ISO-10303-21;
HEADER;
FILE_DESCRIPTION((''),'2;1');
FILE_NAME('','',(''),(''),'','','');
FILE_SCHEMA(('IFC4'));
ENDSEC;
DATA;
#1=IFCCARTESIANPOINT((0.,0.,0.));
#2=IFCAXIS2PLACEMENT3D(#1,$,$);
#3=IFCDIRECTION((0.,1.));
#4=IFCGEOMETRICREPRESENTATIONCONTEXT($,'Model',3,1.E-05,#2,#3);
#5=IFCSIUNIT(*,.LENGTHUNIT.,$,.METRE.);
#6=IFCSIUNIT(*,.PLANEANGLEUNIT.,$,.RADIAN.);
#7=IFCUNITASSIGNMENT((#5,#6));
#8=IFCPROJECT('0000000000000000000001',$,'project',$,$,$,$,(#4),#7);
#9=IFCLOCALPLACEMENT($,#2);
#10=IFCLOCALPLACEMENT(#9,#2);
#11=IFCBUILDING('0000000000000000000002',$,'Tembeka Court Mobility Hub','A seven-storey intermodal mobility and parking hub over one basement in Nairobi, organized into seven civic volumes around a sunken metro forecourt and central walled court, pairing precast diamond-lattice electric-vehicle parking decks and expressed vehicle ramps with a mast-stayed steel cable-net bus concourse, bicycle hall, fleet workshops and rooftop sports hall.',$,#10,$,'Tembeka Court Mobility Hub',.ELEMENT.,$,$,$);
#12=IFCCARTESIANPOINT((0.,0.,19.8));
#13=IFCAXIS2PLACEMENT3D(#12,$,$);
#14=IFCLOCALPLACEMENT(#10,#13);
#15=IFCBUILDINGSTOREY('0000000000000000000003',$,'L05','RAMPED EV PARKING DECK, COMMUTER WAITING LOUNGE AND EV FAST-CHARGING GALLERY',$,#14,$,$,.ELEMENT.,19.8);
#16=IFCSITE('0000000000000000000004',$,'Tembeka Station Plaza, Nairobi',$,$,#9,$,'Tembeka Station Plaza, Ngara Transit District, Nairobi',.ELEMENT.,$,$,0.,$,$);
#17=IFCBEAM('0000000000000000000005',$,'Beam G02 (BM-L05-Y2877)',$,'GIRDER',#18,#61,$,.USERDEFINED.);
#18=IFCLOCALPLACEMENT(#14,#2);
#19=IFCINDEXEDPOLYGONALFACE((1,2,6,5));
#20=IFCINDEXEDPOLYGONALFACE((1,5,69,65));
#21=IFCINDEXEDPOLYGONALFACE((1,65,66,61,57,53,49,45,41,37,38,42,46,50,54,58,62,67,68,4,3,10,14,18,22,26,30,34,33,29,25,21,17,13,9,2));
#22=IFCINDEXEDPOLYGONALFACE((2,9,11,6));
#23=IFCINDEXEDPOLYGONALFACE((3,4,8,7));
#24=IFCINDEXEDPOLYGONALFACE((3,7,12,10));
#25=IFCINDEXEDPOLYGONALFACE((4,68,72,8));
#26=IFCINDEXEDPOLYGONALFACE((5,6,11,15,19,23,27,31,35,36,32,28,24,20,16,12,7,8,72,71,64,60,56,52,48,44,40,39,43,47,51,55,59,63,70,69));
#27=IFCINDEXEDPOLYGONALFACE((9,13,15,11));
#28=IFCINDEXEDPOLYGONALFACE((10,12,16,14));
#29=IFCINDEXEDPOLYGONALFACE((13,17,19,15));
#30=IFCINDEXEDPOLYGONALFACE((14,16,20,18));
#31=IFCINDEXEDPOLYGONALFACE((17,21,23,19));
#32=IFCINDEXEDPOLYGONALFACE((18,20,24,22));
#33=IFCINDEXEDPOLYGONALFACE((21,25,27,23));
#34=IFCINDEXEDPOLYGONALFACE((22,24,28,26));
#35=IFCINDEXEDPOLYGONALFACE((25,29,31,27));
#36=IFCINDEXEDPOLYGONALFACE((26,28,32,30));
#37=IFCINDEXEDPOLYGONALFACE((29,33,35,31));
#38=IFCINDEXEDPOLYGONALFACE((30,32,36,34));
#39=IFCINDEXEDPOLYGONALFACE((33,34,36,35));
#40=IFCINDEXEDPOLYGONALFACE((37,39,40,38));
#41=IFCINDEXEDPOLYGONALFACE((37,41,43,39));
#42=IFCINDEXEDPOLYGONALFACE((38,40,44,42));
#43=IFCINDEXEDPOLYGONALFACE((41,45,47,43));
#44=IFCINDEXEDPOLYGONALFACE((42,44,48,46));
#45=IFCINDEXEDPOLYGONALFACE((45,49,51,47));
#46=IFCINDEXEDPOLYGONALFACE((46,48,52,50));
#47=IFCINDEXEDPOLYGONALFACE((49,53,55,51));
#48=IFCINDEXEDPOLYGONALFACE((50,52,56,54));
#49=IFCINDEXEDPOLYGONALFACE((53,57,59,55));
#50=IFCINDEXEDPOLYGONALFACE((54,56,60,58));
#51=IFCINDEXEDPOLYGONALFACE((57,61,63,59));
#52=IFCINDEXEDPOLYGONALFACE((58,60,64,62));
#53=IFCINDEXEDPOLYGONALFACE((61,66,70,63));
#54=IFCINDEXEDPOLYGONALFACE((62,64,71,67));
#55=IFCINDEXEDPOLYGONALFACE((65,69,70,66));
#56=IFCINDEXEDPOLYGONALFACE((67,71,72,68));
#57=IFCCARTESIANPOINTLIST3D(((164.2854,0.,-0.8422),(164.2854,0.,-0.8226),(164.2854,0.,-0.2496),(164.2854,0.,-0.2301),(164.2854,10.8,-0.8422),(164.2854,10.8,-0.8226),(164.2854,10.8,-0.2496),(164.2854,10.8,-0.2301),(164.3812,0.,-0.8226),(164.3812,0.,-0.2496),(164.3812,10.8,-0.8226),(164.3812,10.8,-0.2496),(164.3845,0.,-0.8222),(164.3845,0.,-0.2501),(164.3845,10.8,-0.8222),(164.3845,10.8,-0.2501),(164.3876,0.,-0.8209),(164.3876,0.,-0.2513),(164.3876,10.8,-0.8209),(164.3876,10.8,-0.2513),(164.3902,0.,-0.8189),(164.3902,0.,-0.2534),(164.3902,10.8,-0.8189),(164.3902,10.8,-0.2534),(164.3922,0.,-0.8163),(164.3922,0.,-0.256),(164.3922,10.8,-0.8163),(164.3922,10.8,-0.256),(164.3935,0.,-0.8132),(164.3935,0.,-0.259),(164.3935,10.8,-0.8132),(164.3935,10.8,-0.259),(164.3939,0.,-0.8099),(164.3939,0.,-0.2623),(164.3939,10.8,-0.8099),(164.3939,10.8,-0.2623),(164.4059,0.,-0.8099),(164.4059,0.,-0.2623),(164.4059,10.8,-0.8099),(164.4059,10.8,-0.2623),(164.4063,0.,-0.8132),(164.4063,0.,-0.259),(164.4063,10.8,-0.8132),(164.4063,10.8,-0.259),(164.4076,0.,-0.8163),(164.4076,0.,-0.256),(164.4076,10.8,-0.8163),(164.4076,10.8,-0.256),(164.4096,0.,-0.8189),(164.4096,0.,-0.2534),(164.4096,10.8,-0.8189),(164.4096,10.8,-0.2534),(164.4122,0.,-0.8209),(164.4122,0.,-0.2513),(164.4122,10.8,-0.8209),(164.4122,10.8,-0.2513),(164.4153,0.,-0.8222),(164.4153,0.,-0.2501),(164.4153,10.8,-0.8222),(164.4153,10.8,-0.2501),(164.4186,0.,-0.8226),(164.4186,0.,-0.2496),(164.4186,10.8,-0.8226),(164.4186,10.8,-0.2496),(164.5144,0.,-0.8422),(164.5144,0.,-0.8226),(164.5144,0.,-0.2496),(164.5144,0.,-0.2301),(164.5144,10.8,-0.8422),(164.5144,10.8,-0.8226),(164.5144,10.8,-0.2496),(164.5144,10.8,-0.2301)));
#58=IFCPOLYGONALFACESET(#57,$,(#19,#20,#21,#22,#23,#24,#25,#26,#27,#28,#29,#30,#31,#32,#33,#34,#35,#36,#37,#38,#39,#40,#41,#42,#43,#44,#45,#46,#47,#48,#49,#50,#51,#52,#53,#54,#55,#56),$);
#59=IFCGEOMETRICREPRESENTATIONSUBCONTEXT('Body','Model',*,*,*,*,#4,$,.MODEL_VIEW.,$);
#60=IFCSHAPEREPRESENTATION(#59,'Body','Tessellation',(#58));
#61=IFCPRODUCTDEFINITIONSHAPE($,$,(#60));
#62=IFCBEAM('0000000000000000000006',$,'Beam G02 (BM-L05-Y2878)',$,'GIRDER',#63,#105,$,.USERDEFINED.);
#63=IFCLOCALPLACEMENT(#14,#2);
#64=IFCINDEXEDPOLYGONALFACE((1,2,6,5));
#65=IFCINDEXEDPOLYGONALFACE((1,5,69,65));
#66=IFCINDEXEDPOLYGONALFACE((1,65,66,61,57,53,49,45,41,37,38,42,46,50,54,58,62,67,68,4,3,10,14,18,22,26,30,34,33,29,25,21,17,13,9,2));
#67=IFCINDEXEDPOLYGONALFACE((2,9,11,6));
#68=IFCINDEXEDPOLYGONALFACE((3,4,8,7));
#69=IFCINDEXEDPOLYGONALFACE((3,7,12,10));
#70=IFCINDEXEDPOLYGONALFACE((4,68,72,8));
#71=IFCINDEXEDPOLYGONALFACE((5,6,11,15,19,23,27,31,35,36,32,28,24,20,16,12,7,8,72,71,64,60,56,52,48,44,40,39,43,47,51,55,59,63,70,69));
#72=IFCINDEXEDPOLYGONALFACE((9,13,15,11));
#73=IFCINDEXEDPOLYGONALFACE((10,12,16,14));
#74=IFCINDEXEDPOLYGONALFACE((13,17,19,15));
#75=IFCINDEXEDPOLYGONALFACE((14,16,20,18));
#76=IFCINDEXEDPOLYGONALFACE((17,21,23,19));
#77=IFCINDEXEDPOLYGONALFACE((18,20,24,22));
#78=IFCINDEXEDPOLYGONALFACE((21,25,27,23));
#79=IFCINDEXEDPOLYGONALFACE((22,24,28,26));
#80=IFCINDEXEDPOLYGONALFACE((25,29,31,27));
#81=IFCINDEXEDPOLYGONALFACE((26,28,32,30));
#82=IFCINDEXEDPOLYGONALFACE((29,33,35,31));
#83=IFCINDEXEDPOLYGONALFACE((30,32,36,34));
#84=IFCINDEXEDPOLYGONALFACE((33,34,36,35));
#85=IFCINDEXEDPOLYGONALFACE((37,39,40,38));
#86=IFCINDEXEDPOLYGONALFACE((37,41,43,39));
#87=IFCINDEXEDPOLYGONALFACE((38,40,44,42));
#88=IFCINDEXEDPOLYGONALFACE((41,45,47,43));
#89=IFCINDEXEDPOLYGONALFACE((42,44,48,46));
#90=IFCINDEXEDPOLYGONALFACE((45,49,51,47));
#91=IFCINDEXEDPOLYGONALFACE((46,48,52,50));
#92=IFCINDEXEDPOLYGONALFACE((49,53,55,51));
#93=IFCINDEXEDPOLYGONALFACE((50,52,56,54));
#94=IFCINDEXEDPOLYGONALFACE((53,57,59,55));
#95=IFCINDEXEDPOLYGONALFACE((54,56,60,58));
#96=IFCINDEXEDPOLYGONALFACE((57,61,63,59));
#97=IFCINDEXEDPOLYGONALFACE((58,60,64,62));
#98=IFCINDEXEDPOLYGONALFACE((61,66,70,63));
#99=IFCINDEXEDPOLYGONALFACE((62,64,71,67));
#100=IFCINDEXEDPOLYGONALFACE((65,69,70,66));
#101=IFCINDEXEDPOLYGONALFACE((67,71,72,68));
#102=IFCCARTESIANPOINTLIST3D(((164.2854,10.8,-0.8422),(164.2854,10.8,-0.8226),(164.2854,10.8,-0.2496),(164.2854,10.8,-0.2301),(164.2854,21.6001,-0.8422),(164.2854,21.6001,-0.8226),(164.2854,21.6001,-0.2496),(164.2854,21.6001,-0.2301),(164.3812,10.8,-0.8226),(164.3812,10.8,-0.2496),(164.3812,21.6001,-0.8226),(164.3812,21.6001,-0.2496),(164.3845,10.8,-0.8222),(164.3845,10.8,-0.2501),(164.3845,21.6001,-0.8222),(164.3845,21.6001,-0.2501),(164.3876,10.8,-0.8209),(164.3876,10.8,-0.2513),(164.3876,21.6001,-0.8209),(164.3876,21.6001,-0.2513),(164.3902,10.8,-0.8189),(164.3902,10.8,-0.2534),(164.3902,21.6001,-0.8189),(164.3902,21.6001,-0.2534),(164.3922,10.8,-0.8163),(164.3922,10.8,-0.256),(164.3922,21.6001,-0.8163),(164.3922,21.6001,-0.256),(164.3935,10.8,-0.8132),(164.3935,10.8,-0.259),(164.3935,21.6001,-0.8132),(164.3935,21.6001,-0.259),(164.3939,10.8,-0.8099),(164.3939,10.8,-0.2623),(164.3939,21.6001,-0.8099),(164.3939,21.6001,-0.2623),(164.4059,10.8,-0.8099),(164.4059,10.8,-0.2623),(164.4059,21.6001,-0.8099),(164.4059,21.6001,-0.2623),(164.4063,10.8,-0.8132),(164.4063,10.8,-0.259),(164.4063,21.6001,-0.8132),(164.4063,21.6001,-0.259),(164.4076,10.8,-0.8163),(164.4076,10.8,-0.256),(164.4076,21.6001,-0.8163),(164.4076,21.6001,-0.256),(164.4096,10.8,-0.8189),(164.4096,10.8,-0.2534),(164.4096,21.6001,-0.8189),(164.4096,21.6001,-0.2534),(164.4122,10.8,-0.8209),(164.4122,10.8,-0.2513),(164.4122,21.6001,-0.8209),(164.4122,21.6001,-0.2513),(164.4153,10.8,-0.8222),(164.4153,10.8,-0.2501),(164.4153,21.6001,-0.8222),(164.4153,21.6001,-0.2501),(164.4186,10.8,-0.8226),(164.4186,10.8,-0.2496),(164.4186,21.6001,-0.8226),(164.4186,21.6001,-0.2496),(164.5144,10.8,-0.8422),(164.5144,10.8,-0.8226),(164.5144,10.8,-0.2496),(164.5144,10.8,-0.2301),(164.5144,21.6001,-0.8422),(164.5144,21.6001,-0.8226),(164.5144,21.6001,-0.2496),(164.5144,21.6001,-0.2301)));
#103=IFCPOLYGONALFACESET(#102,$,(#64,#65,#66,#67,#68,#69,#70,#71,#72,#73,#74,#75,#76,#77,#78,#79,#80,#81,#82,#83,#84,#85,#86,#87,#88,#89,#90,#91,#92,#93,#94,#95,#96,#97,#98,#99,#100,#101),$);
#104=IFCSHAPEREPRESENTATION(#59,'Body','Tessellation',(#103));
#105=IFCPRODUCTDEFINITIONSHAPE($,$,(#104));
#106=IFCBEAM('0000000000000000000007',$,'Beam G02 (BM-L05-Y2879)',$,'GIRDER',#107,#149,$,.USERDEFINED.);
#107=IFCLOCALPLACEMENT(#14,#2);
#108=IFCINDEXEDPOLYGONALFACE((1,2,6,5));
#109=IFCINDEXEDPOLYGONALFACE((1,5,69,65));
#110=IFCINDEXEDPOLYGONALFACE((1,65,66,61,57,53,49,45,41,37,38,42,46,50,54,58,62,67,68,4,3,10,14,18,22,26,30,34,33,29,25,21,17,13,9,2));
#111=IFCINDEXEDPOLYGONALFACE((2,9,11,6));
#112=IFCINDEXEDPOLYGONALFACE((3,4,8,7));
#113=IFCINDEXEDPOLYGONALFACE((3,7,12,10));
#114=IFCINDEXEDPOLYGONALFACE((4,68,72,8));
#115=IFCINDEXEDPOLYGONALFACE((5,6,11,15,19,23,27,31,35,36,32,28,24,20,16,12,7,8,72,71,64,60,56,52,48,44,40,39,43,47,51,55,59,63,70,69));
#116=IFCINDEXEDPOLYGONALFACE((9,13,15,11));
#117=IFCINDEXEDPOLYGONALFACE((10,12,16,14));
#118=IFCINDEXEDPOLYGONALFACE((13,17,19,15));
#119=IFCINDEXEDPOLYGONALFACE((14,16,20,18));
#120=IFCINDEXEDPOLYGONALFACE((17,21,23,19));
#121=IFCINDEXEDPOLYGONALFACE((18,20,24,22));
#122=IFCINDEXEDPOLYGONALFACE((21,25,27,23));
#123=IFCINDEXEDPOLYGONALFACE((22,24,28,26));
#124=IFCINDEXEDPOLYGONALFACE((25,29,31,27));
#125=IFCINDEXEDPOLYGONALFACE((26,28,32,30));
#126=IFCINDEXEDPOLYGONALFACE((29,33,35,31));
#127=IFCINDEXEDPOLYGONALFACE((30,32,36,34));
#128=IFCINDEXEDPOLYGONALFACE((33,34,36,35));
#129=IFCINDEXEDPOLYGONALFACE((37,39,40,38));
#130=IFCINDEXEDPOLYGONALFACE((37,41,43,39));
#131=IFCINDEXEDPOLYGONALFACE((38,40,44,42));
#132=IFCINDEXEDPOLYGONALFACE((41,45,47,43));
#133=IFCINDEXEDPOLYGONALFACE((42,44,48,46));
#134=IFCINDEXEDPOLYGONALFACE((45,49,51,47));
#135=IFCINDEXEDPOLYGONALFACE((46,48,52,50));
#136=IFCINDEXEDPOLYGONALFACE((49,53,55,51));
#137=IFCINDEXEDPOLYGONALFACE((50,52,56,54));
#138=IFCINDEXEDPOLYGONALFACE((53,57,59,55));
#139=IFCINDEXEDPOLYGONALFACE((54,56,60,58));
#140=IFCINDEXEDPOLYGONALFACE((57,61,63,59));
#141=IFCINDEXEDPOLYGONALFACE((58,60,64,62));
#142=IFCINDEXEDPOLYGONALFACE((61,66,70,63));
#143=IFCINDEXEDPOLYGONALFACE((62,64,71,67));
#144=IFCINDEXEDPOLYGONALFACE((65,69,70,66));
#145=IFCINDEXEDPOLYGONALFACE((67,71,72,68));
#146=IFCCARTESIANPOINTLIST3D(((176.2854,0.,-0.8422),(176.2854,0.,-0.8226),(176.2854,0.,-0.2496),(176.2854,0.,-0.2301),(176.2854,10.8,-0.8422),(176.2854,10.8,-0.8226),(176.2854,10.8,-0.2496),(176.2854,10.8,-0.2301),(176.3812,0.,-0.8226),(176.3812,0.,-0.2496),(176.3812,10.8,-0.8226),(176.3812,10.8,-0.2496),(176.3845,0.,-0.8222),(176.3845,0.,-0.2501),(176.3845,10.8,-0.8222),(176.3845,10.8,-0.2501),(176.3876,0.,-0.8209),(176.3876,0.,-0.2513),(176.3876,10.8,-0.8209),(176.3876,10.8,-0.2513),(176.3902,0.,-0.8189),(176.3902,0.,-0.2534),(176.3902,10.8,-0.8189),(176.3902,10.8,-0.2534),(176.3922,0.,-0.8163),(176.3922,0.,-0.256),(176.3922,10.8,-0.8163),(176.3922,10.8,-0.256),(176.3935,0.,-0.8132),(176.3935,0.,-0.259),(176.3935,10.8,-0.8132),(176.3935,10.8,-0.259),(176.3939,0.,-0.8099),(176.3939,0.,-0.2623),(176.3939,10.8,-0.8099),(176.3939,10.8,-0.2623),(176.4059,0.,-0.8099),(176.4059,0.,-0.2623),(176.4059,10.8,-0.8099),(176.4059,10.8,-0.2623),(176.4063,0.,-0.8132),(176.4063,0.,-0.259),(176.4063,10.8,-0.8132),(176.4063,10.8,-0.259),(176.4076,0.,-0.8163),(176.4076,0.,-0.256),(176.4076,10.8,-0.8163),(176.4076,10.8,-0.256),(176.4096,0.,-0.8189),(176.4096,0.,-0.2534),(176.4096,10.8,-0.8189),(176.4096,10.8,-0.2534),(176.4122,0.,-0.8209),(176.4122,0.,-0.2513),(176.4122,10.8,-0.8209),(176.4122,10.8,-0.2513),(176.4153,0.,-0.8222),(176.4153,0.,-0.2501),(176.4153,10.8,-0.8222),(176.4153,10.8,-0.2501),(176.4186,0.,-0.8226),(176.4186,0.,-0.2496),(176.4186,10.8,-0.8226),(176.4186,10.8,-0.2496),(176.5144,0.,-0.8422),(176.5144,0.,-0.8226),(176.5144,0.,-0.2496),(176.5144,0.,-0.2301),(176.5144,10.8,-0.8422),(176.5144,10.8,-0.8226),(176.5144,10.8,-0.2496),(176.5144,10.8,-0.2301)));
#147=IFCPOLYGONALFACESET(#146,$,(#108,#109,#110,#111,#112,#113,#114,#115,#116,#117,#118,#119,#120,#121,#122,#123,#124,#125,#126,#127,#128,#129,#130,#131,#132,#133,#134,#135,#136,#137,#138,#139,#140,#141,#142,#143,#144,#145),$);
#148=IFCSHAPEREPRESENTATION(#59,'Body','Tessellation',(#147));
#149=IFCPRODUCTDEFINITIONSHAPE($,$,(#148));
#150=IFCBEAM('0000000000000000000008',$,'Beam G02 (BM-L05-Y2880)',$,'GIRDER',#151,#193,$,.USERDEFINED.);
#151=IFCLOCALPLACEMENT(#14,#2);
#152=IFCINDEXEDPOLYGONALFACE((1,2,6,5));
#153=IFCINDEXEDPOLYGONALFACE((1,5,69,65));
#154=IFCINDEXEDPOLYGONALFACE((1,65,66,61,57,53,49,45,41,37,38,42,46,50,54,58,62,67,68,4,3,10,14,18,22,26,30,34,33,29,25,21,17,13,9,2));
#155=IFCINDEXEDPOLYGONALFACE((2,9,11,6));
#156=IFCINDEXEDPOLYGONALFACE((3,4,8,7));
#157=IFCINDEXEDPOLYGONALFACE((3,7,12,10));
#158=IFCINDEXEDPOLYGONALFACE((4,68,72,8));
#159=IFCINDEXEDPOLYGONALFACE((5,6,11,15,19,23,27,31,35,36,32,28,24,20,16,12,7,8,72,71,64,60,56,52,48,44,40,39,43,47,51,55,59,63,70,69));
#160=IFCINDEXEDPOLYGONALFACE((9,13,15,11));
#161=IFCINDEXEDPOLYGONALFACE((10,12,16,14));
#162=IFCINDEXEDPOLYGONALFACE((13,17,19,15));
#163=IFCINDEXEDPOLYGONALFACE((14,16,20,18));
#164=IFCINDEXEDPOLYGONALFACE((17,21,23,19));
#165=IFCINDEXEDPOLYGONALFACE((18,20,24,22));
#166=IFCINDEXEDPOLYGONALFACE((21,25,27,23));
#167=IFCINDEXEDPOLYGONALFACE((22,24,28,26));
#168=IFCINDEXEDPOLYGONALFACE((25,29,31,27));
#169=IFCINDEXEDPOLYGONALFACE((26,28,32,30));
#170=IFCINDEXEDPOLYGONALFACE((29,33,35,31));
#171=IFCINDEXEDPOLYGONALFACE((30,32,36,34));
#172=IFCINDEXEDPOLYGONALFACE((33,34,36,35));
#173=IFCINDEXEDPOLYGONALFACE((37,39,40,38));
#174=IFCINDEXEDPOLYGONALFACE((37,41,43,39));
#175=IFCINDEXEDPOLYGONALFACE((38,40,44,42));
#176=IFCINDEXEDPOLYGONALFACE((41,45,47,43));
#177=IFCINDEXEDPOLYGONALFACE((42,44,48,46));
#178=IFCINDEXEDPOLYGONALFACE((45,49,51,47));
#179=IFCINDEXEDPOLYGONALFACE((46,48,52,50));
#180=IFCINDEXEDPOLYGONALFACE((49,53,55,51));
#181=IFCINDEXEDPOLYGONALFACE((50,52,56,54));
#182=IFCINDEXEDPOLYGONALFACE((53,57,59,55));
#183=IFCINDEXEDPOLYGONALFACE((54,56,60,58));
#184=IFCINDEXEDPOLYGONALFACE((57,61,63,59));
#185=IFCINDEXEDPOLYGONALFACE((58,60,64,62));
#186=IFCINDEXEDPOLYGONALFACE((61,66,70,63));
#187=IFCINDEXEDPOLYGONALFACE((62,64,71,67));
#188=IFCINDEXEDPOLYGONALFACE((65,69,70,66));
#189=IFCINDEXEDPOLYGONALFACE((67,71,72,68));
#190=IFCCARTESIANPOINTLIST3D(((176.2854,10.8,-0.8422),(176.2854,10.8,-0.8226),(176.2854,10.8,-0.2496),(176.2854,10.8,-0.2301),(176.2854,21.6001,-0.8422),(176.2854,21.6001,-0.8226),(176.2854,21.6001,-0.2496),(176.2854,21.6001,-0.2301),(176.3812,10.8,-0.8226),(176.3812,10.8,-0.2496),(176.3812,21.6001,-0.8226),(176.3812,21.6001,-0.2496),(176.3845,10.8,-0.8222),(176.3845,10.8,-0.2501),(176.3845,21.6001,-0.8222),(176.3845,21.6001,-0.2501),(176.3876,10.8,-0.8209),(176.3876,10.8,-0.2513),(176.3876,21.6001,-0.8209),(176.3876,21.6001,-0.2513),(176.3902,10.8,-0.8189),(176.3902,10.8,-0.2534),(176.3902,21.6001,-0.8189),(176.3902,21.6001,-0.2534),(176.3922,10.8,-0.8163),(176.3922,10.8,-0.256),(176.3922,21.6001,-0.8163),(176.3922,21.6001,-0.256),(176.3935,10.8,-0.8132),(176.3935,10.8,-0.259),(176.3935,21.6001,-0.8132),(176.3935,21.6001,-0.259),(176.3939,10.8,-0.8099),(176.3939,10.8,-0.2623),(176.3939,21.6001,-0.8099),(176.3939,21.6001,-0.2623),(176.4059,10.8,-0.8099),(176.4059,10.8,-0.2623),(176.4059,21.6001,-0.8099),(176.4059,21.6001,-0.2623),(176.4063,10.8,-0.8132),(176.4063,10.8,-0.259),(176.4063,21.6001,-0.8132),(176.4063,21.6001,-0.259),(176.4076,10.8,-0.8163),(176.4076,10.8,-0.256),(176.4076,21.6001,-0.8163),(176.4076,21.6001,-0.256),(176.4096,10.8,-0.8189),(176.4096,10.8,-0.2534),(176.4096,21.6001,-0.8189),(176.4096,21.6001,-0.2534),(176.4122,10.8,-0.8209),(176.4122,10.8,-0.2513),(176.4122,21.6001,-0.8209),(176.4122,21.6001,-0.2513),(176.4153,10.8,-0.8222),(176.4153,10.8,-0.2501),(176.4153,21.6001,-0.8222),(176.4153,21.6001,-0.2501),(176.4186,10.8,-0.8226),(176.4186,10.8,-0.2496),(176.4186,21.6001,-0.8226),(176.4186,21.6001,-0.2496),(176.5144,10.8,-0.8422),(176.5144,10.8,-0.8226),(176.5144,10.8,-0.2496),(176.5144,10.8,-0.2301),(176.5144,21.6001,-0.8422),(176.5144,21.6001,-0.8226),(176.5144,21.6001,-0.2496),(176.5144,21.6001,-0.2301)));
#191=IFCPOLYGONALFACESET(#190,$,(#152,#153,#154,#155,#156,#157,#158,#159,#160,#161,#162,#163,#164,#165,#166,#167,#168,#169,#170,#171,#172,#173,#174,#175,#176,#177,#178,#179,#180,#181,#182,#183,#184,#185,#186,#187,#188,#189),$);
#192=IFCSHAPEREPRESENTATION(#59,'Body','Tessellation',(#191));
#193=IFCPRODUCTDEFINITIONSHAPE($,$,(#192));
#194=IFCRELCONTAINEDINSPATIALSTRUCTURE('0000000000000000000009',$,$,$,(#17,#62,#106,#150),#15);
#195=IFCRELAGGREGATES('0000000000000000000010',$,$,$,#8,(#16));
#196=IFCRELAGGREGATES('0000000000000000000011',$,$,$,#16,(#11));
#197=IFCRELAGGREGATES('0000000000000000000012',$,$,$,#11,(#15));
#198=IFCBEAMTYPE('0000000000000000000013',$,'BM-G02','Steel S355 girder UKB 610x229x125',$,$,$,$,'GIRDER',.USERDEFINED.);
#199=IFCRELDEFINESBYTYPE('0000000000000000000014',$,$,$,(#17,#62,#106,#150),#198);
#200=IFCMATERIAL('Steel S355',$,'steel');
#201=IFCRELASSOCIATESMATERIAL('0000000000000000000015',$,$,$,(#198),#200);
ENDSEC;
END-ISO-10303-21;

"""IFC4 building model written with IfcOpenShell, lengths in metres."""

from ifc_helpers import new_model, si_unit, direction, frame, origin, origin_2d, place, context, subcontext, project, spatial, i_section, extrude, material, material_profile, profile_set, type_object, element, save


model = new_model("IFC4")

# Units and contexts
model_context = context("Model", 3, precision=1e-05, world=origin(), true_north=direction((0.0, 1.0)))
body_context = subcontext(model_context, "Body", "Model", "MODEL_VIEW")
ifc_project = project(units=[si_unit("LENGTHUNIT", "METRE"), si_unit("PLANEANGLEUNIT", "RADIAN")], contexts=[model_context])

# Site, building, storey
site_placement = place(None, origin())
site = spatial("IfcSite", under=ifc_project, at=site_placement, Name="Tembeka Station Plaza, Nairobi", LongName="Tembeka Station Plaza, Ngara Transit District, Nairobi", CompositionType="ELEMENT", RefElevation=0.0)
building_placement = place(site_placement, origin())
building = spatial("IfcBuilding", under=site, at=building_placement, Name="Tembeka Court Mobility Hub", Description="A seven-storey intermodal mobility and parking hub over one basement in Nairobi, organized into seven civic volumes around a sunken metro forecourt and central walled court, pairing precast diamond-lattice electric-vehicle parking decks and expressed vehicle ramps with a mast-stayed steel cable-net bus concourse, bicycle hall, fleet workshops and rooftop sports hall.", LongName="Tembeka Court Mobility Hub", CompositionType="ELEMENT")
storey_placement = place(building_placement, frame((0.0, 0.0, 19.8)))
storey = spatial("IfcBuildingStorey", under=building, at=storey_placement, Name="L05", Description="RAMPED EV PARKING DECK, COMMUTER WAITING LOUNGE AND EV FAST-CHARGING GALLERY", CompositionType="ELEMENT", Elevation=19.8)

# Beams
ifc_material_1 = material(Name="Steel S355", Category="steel")
ifc_material_profile_1 = material_profile(ifc_material_1, i_section(OverallWidth=0.229, OverallDepth=0.6121, WebThickness=0.012, FlangeThickness=0.0195, FilletRadius=0.0127, at=origin_2d()), Name="UKB 610x229x125")
ifc_profile_set_1 = profile_set([ifc_material_profile_1], Name="Steel S355")
beam_type_1 = type_object("IfcBeamType", Name="BM-G02", Description="Steel S355 girder UKB 610x229x125", ElementType="GIRDER", PredefinedType="USERDEFINED", material=ifc_profile_set_1)
for number, where, z_axis, x_axis, name in (
    (1, (164.3999, 0.0, -0.5361), (0.0, 1.0, 0.0), (-1.0, 0.0, 0.0), "Beam G02 (BM-L05-Y2877)"),
    (2, (164.3999, 10.8, -0.5361), (0.0, 1.0, 0.0), (-1.0, 0.0, 0.0), "Beam G02 (BM-L05-Y2878)"),
    (3, (176.3999, 0.0, -0.5361), (0.0, 1.0, 0.0), (-1.0, 0.0, 0.0), "Beam G02 (BM-L05-Y2879)"),
    (4, (176.3999, 10.8, -0.5361), (0.0, 1.0, 0.0), (-1.0, 0.0, 0.0), "Beam G02 (BM-L05-Y2880)"),
):
    element("IfcBeam", number, at=place(storey_placement, frame(where, z_axis=z_axis, x_axis=x_axis)), inside=storey, type_object=beam_type_1, Name=name, ObjectType="GIRDER", PredefinedType="USERDEFINED", context=body_context, shape_type="SweptSolid", body=[
        extrude(i_section(OverallWidth=0.229, OverallDepth=0.6121, WebThickness=0.012, FlangeThickness=0.0195, FilletRadius=0.0127, at=origin_2d()), origin(), (0.0, 0.0, 1.0), 10.8),
    ])

save(model, "model.ifc")
